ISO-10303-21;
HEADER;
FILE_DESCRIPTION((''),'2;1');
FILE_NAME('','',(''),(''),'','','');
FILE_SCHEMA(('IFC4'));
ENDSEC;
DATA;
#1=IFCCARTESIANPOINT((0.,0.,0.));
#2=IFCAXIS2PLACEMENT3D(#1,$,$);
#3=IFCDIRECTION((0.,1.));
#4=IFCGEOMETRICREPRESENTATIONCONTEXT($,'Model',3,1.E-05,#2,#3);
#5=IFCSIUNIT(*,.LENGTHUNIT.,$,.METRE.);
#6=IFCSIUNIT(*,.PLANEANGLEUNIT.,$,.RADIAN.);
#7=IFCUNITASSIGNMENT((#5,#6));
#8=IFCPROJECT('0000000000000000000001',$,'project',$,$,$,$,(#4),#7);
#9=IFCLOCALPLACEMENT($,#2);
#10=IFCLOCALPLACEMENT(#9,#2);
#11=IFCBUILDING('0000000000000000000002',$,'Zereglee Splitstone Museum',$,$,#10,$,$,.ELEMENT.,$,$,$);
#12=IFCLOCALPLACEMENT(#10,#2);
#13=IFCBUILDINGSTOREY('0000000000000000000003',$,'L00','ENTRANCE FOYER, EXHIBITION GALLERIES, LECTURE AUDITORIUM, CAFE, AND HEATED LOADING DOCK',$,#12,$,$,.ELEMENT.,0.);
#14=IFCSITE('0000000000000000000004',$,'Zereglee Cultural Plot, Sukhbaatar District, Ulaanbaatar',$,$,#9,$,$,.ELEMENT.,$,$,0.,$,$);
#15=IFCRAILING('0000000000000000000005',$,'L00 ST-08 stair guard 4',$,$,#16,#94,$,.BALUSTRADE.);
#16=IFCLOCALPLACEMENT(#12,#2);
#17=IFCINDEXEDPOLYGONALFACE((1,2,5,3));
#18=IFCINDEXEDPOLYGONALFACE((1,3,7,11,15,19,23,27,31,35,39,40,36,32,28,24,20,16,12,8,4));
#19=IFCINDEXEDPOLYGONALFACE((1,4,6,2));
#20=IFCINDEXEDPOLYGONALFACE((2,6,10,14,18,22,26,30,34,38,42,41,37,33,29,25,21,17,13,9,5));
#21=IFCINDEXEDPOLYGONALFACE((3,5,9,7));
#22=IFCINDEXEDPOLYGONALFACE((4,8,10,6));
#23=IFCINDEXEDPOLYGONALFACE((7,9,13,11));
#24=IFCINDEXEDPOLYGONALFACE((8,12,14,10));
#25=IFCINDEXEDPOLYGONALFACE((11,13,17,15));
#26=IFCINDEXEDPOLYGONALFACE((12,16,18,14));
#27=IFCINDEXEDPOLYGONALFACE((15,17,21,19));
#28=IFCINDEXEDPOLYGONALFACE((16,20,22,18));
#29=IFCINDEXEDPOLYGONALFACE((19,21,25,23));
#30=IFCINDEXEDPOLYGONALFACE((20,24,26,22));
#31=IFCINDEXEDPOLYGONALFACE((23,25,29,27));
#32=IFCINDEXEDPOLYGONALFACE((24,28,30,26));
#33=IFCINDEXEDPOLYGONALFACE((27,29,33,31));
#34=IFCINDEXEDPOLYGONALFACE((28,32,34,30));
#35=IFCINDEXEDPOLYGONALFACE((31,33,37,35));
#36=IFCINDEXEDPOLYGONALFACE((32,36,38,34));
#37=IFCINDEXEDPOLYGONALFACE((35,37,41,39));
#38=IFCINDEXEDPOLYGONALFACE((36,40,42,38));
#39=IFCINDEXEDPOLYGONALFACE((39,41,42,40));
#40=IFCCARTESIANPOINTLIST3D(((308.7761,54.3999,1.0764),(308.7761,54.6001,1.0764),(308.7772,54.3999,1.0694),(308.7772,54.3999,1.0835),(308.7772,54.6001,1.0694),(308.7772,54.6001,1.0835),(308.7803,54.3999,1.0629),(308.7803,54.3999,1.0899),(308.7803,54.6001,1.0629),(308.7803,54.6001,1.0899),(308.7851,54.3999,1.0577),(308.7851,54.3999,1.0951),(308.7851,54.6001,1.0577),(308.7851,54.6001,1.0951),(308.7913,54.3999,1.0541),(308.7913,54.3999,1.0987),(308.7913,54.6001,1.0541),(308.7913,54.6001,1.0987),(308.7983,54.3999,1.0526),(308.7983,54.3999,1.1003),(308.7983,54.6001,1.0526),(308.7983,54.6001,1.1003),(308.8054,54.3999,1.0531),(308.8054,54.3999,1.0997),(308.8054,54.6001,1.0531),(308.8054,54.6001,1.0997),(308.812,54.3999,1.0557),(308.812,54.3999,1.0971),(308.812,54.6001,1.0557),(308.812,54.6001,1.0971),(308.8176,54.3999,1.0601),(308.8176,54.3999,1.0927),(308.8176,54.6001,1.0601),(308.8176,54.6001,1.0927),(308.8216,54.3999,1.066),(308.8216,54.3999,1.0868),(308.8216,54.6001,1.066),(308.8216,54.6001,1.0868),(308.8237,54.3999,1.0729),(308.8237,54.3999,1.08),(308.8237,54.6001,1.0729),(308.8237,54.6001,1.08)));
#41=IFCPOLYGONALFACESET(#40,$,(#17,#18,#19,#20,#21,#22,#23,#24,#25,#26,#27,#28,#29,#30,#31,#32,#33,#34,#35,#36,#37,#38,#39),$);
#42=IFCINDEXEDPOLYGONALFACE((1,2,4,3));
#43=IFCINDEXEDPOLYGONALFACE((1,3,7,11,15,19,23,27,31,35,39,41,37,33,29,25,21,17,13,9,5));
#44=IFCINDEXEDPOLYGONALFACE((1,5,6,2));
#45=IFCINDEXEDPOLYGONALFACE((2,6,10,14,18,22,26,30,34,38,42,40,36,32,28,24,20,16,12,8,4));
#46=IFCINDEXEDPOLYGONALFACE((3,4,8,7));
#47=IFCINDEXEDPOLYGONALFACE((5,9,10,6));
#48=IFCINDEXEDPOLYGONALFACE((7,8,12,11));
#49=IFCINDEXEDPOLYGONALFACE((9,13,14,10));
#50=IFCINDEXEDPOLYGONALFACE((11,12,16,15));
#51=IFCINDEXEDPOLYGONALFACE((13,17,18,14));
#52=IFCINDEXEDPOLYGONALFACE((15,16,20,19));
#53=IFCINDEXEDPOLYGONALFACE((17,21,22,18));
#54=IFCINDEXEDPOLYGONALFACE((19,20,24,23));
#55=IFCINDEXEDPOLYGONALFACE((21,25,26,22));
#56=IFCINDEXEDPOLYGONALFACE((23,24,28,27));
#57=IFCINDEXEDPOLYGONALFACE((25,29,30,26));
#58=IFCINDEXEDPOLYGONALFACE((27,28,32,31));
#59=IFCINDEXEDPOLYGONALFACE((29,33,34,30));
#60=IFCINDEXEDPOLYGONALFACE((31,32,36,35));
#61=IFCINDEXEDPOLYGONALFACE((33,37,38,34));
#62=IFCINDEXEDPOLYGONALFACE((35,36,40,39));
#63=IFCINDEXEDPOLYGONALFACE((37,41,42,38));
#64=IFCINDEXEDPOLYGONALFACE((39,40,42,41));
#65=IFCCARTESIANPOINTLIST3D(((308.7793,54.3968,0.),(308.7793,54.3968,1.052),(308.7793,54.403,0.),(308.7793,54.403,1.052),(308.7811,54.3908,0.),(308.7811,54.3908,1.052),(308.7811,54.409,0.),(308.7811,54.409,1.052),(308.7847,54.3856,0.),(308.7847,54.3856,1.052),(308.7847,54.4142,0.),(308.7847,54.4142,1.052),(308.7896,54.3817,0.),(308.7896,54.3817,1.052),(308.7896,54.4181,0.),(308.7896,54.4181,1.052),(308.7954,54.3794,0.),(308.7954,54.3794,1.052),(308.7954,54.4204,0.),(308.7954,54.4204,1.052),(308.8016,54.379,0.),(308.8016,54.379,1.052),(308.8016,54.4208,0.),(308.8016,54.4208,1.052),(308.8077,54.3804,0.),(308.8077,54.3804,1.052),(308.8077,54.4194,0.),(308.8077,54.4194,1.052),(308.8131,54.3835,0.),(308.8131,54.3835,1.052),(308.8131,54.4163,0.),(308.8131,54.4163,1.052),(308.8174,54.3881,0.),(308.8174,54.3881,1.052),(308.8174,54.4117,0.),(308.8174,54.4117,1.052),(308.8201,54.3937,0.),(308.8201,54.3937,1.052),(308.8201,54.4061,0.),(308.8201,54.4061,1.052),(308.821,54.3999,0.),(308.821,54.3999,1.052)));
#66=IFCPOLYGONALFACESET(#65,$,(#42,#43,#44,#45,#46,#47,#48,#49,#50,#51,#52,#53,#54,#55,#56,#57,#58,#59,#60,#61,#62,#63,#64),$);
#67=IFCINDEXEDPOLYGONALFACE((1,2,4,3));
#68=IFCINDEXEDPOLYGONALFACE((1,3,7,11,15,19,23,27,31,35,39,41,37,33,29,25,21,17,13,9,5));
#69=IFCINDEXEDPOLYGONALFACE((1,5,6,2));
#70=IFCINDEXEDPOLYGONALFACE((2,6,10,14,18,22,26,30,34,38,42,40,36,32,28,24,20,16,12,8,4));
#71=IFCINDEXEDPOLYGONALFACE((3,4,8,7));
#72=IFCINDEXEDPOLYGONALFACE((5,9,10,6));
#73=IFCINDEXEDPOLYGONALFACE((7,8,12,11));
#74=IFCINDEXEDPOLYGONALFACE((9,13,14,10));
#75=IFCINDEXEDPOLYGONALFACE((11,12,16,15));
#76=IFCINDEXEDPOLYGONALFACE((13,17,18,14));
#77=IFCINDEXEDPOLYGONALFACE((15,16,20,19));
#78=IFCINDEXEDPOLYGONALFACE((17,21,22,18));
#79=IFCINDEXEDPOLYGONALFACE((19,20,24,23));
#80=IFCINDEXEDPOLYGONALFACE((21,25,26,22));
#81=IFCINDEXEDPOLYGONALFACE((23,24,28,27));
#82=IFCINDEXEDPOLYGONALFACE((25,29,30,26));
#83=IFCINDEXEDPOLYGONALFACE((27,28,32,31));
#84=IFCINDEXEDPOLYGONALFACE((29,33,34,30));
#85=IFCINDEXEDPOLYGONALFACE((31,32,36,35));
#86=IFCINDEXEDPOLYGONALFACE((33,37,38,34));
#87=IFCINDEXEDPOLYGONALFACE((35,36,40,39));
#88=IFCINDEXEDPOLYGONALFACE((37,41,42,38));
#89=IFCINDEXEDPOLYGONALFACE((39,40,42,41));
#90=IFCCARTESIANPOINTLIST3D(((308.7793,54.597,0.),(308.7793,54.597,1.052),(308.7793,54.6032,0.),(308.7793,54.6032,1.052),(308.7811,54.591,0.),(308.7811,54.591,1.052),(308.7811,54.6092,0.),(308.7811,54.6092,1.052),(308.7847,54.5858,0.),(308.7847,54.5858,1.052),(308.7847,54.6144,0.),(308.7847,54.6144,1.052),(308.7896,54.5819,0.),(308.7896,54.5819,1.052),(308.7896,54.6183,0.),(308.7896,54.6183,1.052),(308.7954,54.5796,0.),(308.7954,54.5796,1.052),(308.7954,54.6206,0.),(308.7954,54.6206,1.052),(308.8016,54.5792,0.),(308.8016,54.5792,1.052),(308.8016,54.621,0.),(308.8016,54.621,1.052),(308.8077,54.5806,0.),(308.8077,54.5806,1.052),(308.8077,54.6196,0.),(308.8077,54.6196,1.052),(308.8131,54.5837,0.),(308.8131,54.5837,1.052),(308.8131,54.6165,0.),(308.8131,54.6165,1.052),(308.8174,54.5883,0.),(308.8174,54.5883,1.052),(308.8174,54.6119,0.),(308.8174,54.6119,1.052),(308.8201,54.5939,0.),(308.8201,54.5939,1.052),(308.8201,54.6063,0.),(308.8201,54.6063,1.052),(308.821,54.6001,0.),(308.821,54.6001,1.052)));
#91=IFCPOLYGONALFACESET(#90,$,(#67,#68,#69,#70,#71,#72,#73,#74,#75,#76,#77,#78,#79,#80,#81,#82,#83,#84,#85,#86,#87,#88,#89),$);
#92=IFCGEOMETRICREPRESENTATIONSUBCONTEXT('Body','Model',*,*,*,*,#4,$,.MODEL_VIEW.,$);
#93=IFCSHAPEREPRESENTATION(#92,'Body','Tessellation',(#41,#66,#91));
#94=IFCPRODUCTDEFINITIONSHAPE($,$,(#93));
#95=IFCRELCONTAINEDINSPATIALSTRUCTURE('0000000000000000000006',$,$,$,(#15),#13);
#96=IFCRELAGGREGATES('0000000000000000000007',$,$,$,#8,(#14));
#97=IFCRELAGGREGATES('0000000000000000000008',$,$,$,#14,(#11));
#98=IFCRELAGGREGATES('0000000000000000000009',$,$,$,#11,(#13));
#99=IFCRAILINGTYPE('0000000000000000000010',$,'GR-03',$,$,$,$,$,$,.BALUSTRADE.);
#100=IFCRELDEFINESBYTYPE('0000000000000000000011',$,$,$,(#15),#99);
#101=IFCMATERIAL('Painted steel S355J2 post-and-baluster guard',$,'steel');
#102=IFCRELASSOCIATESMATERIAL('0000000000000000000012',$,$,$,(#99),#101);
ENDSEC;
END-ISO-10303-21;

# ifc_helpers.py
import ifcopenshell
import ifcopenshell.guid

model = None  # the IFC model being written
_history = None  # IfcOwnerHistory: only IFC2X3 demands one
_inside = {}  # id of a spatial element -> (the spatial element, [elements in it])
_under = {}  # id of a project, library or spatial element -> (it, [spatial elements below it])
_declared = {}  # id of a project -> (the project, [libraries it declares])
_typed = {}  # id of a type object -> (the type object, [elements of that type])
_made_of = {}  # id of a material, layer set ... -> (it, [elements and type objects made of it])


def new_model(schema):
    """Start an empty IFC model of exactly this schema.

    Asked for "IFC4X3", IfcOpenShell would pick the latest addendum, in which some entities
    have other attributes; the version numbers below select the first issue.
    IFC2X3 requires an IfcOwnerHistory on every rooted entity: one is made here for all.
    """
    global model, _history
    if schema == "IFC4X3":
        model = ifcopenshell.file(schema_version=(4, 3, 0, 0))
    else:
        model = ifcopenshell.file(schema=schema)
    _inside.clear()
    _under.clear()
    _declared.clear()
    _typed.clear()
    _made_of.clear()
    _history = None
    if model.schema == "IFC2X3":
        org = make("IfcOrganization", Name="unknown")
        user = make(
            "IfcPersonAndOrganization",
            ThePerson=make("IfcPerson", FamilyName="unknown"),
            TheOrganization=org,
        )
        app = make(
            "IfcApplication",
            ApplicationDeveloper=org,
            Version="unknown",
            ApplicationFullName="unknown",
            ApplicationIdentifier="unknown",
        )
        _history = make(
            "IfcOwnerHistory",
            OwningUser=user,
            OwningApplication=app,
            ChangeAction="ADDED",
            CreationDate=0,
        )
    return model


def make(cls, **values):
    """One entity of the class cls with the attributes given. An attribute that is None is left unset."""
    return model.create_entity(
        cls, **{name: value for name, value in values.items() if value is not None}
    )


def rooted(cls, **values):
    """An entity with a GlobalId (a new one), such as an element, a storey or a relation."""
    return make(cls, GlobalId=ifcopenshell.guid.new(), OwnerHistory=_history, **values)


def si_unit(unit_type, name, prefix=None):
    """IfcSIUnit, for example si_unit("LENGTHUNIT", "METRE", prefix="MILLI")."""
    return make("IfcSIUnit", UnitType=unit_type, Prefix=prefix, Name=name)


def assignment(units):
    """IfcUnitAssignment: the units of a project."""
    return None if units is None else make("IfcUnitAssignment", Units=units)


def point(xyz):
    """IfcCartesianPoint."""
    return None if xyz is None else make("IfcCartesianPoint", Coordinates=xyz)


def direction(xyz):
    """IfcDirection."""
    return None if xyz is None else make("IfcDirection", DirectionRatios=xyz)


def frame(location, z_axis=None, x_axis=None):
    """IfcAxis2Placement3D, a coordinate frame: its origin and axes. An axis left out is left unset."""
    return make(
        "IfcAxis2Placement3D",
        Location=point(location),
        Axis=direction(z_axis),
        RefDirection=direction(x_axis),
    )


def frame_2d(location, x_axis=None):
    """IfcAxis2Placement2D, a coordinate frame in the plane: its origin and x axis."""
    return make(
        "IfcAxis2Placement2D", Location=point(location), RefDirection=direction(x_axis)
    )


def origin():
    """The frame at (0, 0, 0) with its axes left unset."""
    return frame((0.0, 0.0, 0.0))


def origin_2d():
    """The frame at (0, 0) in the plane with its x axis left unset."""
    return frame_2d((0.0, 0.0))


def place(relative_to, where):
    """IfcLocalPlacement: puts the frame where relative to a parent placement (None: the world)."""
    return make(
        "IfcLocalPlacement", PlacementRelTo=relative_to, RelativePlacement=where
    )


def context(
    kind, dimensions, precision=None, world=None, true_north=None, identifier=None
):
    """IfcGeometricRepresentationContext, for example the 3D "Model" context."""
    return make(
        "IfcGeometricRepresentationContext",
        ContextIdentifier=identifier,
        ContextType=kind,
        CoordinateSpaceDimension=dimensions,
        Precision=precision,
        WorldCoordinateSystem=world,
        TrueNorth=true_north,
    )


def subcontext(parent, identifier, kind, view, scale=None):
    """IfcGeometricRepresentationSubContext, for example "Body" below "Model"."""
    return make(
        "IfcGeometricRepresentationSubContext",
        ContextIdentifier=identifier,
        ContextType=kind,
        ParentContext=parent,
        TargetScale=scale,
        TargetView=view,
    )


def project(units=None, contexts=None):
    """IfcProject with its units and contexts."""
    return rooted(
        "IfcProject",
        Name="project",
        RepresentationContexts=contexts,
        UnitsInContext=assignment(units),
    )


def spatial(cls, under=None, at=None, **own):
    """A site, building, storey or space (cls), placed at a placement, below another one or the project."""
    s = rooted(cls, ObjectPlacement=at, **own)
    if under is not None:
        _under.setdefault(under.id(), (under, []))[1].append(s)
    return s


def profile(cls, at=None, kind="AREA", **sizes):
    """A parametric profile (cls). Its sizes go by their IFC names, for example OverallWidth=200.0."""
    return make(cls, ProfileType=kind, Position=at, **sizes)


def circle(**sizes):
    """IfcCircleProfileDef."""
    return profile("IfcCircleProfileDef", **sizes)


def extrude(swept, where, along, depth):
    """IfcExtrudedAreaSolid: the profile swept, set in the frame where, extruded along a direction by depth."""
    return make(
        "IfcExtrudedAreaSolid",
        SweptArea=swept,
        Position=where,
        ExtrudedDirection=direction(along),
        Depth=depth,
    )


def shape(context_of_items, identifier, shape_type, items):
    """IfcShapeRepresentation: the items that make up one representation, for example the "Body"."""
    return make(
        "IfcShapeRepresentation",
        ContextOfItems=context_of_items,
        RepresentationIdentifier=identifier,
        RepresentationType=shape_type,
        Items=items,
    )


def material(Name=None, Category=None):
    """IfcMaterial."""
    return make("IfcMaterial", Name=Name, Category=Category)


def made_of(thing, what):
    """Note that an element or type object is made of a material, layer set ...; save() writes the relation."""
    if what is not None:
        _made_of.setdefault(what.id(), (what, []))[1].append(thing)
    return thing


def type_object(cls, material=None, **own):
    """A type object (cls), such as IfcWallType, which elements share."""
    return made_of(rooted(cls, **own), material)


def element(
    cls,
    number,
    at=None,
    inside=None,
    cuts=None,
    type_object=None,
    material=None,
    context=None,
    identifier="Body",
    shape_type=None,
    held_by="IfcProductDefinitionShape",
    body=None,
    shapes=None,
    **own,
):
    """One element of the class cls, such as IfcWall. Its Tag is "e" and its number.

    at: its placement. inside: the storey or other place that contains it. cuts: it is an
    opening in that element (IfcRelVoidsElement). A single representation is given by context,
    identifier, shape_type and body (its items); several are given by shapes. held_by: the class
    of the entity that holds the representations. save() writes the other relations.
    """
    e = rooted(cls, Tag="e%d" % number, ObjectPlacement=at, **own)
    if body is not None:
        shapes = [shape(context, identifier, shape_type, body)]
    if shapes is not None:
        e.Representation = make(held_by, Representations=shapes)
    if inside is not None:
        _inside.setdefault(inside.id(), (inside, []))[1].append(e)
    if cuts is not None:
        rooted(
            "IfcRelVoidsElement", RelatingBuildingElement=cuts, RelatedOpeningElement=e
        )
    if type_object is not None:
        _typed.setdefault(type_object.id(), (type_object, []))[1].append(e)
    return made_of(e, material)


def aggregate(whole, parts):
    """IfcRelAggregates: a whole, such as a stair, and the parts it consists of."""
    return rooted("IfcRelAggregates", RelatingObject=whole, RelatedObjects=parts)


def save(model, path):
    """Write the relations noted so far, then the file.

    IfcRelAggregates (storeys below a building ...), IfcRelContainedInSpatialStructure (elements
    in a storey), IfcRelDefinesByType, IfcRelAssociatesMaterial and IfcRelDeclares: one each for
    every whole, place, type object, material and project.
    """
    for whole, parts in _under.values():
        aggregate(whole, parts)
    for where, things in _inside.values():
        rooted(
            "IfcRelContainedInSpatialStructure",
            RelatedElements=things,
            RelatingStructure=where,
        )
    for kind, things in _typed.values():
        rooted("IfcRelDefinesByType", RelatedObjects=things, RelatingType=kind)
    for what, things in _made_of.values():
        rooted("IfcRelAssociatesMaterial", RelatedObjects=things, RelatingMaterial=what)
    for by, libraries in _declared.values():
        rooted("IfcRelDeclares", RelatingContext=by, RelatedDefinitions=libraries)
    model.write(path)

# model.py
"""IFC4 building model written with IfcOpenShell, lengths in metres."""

from ifc_helpers import new_model, si_unit, direction, frame, origin, origin_2d, place, context, subcontext, project, spatial, circle, extrude, material, type_object, element, save


model = new_model("IFC4")

# Units and contexts
model_context = context("Model", 3, precision=1e-05, world=origin(), true_north=direction((0.0, 1.0)))
body_context = subcontext(model_context, "Body", "Model", "MODEL_VIEW")
ifc_project = project(units=[si_unit("LENGTHUNIT", "METRE"), si_unit("PLANEANGLEUNIT", "RADIAN")], contexts=[model_context])

# Site, building, storey
site_placement = place(None, origin())
site = spatial("IfcSite", under=ifc_project, at=site_placement, Name="Zereglee Cultural Plot, Sukhbaatar District, Ulaanbaatar", CompositionType="ELEMENT", RefElevation=0.0)
building_placement = place(site_placement, origin())
building = spatial("IfcBuilding", under=site, at=building_placement, Name="Zereglee Splitstone Museum", CompositionType="ELEMENT")
storey_placement = place(building_placement, origin())
storey = spatial("IfcBuildingStorey", under=building, at=storey_placement, Name="L00", Description="ENTRANCE FOYER, EXHIBITION GALLERIES, LECTURE AUDITORIUM, CAFE, AND HEATED LOADING DOCK", CompositionType="ELEMENT", Elevation=0.0)

# Railing
ifc_material_1 = material(Name="Painted steel S355J2 post-and-baluster guard", Category="steel")
railing_type_1 = type_object("IfcRailingType", Name="GR-03", PredefinedType="BALUSTRADE", material=ifc_material_1)
railing_1_placement = place(storey_placement, frame((308.8, 54.3999, 0.0)))
element("IfcRailing", 1, at=railing_1_placement, inside=storey, type_object=railing_type_1, Name="L00 ST-08 stair guard 4", PredefinedType="BALUSTRADE", context=body_context, shape_type="SweptSolid", body=[
    extrude(circle(Radius=0.0239, at=origin_2d()), frame((0.0, 0.0, 1.0764), z_axis=(0.0, 1.0, 0.0), x_axis=(-1.0, 0.0, 0.0)), (0.0, 0.0, 1.0), 0.2002),
    extrude(circle(Radius=0.021, at=origin_2d()), origin(), (0.0, 0.0, 1.0), 1.052),
    extrude(circle(Radius=0.021, at=origin_2d()), frame((0.0, 0.2002, 0.0)), (0.0, 0.0, 1.0), 1.052),
])

save(model, "model.ifc")
